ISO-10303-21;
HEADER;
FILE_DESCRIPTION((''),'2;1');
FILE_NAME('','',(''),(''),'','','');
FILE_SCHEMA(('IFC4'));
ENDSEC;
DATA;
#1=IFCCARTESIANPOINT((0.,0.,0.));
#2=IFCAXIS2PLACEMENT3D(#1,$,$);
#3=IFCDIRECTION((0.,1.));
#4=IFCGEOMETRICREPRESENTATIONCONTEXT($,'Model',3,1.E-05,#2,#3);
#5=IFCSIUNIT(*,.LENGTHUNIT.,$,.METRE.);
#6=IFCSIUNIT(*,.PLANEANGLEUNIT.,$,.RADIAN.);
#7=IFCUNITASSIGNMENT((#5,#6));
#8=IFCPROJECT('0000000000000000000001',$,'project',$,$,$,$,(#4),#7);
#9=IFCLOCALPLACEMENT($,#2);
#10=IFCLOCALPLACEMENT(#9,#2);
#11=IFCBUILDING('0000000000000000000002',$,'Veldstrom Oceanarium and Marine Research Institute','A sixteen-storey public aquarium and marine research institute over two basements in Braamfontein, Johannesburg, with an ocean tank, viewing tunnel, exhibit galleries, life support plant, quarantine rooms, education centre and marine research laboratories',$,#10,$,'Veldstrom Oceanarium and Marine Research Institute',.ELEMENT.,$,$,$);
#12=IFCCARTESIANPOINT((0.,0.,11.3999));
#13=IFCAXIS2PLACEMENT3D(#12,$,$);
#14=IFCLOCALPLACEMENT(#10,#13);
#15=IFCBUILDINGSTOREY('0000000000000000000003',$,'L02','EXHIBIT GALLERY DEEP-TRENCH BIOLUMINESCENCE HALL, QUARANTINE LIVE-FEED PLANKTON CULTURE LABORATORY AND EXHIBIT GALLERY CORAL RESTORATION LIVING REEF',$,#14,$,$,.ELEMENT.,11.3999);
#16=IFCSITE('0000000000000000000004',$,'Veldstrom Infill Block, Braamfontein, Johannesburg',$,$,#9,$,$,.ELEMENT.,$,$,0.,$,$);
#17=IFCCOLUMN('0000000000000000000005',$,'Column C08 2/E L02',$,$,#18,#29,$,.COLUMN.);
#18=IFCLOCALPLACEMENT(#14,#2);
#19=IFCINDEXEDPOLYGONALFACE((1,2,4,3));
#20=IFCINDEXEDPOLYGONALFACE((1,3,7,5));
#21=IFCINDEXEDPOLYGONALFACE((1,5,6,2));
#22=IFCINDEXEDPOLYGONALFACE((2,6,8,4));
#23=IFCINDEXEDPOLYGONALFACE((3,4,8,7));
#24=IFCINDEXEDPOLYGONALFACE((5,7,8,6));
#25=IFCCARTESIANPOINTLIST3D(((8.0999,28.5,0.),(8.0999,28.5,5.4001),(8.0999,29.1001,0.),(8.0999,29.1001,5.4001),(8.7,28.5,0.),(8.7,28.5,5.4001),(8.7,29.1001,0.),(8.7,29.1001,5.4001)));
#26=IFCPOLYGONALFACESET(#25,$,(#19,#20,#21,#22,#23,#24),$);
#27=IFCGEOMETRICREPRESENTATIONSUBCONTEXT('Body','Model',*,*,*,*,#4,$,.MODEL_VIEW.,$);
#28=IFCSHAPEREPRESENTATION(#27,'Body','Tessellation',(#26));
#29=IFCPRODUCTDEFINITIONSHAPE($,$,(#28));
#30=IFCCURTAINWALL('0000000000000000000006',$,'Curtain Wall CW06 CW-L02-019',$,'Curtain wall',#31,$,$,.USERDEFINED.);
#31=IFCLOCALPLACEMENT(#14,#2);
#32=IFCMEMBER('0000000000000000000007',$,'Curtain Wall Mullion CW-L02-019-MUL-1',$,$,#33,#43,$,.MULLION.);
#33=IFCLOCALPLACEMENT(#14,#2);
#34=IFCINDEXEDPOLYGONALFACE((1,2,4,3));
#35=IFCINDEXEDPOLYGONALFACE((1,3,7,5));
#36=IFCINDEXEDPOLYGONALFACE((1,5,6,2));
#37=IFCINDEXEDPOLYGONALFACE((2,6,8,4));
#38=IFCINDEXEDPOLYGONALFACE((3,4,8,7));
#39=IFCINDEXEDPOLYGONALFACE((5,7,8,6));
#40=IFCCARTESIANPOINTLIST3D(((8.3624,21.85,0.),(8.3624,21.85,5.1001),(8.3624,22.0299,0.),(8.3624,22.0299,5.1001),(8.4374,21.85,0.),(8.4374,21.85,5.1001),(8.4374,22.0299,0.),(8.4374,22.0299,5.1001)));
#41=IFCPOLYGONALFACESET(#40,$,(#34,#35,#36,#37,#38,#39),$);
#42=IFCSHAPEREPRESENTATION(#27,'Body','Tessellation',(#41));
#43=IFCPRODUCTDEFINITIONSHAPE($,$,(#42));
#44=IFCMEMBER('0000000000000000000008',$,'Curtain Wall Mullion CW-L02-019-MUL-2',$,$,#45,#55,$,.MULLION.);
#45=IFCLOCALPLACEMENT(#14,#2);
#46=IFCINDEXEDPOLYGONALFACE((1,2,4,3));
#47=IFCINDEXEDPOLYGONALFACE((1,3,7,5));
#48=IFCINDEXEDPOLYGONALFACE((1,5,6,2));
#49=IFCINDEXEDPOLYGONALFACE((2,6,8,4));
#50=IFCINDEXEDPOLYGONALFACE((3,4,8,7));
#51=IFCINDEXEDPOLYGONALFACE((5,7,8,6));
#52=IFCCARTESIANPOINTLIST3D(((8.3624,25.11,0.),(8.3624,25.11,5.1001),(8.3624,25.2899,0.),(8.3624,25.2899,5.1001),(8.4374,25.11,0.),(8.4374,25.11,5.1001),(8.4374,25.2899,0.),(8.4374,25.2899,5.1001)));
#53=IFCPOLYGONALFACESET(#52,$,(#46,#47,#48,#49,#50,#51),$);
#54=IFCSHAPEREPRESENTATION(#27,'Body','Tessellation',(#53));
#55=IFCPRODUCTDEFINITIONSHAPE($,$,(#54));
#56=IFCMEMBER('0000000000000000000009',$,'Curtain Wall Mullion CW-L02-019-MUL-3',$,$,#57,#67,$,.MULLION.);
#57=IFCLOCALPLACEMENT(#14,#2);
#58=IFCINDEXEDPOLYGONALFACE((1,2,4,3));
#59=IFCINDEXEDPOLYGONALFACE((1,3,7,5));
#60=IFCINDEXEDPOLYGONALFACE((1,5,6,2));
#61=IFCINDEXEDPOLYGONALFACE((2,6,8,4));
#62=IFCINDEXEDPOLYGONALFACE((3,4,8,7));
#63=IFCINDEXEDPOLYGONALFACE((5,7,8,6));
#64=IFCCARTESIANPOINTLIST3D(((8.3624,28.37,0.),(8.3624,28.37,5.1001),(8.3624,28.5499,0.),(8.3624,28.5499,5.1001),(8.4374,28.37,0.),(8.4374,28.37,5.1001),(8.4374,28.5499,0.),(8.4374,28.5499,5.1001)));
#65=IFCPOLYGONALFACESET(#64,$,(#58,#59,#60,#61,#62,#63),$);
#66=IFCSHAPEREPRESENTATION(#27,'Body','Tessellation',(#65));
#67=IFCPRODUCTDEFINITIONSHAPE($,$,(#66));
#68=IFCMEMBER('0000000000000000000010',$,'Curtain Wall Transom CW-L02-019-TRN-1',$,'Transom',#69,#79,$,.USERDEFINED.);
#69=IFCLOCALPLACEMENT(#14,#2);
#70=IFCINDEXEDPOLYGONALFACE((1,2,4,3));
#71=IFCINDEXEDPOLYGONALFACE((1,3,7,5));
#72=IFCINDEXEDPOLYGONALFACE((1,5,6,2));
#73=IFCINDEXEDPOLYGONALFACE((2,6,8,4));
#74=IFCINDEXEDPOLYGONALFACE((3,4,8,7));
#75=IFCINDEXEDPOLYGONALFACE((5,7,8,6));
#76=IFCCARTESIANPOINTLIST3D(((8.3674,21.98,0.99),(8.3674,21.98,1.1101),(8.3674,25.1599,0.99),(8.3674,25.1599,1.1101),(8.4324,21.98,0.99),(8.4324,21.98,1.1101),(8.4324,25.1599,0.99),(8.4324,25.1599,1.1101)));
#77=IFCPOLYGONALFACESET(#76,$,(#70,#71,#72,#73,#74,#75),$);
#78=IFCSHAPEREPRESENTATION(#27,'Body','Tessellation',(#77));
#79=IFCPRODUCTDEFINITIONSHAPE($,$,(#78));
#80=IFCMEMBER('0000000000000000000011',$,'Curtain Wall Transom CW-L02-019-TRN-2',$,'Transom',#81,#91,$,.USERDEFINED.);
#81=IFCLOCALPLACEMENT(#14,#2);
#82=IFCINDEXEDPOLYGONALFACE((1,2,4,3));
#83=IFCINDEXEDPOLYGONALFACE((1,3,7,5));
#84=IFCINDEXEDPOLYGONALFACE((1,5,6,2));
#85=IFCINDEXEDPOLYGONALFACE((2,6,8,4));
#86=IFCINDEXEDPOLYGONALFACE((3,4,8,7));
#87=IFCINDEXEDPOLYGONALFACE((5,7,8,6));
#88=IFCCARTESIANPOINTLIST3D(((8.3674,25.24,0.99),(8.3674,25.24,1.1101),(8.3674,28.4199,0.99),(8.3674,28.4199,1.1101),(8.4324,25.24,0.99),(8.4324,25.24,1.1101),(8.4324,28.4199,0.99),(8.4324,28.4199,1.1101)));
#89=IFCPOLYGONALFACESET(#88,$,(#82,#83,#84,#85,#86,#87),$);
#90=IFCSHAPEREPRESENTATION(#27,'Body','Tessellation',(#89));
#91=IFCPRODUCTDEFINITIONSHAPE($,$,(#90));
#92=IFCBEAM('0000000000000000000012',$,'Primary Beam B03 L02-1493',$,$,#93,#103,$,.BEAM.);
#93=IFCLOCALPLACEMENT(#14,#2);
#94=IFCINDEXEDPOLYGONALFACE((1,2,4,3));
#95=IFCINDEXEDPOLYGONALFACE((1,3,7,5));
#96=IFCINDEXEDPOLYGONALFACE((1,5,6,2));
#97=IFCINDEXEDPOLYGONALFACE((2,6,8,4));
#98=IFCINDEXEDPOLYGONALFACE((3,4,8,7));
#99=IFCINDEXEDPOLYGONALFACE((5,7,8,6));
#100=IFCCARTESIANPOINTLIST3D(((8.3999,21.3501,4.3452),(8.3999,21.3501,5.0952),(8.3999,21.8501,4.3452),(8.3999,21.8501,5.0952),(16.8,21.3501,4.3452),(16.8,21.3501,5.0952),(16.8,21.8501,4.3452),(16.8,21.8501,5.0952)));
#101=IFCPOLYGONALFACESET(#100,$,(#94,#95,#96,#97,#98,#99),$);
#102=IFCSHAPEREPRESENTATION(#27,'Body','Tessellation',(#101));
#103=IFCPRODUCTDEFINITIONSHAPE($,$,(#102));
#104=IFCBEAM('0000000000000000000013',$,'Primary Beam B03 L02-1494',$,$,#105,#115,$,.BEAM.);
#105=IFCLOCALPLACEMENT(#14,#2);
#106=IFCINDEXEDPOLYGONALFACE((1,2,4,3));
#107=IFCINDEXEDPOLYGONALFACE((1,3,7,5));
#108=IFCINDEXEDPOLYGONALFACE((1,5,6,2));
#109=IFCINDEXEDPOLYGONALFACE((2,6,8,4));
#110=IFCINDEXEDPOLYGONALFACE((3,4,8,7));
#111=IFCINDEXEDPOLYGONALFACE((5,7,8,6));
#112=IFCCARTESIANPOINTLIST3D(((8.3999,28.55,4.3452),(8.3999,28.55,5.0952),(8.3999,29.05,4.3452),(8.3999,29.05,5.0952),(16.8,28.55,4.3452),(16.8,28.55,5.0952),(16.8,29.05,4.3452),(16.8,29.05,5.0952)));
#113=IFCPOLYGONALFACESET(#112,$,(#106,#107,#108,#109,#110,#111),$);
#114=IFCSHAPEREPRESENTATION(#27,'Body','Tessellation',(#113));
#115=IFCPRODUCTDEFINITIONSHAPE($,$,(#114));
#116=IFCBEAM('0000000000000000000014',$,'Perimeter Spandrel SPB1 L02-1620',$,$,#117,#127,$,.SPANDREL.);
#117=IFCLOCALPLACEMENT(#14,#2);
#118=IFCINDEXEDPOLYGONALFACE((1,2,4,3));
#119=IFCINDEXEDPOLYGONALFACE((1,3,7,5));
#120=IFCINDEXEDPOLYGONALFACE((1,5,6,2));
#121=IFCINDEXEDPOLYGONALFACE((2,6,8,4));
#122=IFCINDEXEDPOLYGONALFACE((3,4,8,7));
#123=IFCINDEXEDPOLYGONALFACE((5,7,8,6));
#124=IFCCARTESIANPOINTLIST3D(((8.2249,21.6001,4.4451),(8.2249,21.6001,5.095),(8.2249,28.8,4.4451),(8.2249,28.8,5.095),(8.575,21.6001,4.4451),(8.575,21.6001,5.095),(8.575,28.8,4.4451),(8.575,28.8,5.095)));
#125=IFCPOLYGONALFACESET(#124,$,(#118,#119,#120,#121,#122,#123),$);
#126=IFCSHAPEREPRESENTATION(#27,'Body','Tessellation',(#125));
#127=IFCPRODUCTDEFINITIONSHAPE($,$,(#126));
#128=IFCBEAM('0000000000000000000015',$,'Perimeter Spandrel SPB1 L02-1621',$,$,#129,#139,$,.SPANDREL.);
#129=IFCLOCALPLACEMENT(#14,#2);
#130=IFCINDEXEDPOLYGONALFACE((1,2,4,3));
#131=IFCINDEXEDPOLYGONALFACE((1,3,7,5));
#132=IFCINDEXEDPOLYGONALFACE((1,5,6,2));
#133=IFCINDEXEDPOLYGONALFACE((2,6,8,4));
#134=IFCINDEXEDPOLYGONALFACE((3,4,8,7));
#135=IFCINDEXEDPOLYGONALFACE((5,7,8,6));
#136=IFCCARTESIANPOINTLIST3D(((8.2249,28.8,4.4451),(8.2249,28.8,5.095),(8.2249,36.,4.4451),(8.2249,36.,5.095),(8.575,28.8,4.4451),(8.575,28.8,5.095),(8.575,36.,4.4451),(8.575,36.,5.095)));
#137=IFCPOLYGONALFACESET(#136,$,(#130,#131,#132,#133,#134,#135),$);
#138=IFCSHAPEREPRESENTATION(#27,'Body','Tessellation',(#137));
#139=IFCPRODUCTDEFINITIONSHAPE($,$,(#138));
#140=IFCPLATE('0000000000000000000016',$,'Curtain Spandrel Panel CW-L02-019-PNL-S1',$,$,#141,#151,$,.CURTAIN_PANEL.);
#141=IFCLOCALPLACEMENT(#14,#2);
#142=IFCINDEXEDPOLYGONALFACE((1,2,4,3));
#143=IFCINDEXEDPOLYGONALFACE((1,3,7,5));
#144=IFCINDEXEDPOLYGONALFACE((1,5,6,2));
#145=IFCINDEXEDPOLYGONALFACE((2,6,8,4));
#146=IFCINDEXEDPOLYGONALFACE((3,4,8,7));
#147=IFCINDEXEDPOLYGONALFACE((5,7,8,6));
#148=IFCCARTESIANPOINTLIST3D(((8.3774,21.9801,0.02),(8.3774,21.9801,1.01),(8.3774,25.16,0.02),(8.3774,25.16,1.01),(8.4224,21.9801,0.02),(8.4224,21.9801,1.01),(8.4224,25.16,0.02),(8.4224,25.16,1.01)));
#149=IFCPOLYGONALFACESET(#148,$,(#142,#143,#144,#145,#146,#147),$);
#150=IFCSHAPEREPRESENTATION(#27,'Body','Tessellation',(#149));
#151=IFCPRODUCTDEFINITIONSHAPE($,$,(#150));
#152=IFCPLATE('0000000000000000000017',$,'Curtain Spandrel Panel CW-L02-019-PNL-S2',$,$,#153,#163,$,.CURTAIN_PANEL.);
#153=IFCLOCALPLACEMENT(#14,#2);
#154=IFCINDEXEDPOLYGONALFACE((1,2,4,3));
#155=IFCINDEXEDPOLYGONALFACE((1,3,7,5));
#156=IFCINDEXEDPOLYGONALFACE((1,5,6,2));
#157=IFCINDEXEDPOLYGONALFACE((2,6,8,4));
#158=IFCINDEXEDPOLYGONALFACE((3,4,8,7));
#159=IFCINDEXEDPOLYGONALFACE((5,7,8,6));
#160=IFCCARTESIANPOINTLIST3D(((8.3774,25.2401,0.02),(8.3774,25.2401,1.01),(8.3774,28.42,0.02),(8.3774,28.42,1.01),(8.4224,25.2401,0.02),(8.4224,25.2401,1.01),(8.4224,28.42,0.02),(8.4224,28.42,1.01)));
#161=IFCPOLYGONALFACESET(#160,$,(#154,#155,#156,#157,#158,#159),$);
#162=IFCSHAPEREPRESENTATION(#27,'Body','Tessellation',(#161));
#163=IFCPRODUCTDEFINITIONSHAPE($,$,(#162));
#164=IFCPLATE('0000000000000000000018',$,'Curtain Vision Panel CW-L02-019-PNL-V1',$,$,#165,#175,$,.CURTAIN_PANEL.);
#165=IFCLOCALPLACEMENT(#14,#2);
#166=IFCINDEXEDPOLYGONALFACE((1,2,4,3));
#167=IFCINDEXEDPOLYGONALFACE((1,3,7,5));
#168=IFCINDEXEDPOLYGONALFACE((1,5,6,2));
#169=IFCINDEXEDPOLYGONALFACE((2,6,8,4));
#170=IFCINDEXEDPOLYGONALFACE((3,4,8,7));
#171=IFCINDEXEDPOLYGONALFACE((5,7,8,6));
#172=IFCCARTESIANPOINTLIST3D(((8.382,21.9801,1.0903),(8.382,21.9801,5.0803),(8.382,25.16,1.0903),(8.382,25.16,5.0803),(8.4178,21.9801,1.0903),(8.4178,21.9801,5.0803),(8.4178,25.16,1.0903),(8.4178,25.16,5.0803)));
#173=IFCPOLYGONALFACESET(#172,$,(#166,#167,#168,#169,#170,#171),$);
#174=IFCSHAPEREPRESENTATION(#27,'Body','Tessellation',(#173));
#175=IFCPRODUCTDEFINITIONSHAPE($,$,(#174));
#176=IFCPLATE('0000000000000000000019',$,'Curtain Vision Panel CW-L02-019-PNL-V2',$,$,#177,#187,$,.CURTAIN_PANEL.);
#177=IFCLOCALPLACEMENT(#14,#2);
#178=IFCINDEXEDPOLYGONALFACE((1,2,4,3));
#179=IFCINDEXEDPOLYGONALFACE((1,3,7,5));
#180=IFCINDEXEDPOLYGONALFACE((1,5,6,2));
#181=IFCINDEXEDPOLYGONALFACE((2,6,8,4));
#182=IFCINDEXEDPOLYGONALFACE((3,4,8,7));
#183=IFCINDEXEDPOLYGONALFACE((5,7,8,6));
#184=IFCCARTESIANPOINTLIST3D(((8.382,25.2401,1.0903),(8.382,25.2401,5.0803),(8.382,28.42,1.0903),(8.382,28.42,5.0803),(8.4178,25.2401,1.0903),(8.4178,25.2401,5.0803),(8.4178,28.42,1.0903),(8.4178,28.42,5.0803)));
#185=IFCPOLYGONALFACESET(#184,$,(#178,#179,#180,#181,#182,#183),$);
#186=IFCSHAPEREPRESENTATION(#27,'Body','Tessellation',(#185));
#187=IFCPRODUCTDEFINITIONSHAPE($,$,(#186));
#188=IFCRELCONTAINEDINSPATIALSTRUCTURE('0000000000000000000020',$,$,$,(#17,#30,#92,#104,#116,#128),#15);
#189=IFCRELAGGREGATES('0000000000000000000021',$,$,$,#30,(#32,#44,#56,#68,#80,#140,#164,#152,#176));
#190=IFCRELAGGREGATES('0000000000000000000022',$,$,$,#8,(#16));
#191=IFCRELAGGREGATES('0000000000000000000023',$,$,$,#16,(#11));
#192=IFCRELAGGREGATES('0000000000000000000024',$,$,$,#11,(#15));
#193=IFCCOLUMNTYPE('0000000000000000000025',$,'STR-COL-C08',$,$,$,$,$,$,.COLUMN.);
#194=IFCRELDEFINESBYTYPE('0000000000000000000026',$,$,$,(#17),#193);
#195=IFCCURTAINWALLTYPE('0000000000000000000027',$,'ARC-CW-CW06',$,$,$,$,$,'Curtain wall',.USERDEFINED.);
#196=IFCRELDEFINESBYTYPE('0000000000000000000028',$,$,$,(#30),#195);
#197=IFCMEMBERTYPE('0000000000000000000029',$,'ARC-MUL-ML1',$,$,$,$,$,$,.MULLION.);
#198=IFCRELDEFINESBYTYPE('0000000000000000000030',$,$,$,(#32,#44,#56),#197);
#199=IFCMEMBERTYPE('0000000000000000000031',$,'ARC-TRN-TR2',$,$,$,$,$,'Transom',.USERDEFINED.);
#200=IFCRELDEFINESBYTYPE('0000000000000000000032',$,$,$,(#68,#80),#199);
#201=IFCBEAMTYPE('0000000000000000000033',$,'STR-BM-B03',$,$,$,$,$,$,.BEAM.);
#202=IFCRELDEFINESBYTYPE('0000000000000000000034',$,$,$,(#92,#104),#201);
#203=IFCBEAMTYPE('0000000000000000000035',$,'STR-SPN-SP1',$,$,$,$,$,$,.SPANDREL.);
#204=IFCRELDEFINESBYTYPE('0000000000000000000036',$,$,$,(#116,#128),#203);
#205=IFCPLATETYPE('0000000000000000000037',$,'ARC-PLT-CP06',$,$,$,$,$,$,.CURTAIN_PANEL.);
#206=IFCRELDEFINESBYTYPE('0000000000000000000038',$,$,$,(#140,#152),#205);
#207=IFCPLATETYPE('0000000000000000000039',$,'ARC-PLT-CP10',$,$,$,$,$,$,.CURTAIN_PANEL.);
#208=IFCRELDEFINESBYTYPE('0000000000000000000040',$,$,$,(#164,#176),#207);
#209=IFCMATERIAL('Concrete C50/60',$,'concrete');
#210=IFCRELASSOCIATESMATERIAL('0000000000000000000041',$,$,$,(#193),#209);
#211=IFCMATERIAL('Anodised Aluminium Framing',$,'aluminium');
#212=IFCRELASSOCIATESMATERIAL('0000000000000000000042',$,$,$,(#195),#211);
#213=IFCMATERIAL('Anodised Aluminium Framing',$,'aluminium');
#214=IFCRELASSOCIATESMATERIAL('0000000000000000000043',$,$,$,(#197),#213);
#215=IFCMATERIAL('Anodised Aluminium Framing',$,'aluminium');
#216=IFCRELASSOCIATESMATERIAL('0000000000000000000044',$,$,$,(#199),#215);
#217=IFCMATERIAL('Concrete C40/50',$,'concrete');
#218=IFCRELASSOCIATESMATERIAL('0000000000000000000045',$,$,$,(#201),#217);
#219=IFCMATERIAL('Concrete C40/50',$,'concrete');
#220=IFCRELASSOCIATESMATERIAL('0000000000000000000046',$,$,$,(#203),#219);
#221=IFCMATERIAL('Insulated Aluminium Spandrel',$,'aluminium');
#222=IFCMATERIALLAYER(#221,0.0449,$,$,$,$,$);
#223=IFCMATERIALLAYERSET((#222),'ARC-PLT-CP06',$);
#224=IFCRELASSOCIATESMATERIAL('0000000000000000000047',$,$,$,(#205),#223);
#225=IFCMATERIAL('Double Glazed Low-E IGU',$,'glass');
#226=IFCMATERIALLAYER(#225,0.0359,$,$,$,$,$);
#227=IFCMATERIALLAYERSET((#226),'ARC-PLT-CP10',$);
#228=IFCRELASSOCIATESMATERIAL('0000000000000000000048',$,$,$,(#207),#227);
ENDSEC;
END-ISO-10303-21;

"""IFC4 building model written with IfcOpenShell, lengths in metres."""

from ifc_helpers import new_model, si_unit, direction, frame, origin, origin_2d, place, context, subcontext, project, spatial, rectangle, extrude, material, layer, layer_set, material_profile, profile_set, type_object, element, aggregate, save


model = new_model("IFC4")

# Units and contexts
model_context = context("Model", 3, precision=1e-05, world=origin(), true_north=direction((0.0, 1.0)))
body_context = subcontext(model_context, "Body", "Model", "MODEL_VIEW")
ifc_project = project(units=[si_unit("LENGTHUNIT", "METRE"), si_unit("PLANEANGLEUNIT", "RADIAN")], contexts=[model_context])

# Site, building, storey
site_placement = place(None, origin())
site = spatial("IfcSite", under=ifc_project, at=site_placement, Name="Veldstrom Infill Block, Braamfontein, Johannesburg", CompositionType="ELEMENT", RefElevation=0.0)
building_placement = place(site_placement, origin())
building = spatial("IfcBuilding", under=site, at=building_placement, Name="Veldstrom Oceanarium and Marine Research Institute", Description="A sixteen-storey public aquarium and marine research institute over two basements in Braamfontein, Johannesburg, with an ocean tank, viewing tunnel, exhibit galleries, life support plant, quarantine rooms, education centre and marine research laboratories", LongName="Veldstrom Oceanarium and Marine Research Institute", CompositionType="ELEMENT")
storey_placement = place(building_placement, frame((0.0, 0.0, 11.3999)))
storey = spatial("IfcBuildingStorey", under=building, at=storey_placement, Name="L02", Description="EXHIBIT GALLERY DEEP-TRENCH BIOLUMINESCENCE HALL, QUARANTINE LIVE-FEED PLANKTON CULTURE LABORATORY AND EXHIBIT GALLERY CORAL RESTORATION LIVING REEF", CompositionType="ELEMENT", Elevation=11.3999)

# Column
ifc_material_1 = material(Name="Concrete C50/60", Category="concrete")
ifc_material_profile_1 = material_profile(ifc_material_1, rectangle(XDim=0.6001, YDim=0.6001, at=origin_2d()), Name="RC-COL-600x600")
ifc_profile_set_1 = profile_set([ifc_material_profile_1], Name="Concrete C50/60")
column_type = type_object("IfcColumnType", Name="STR-COL-C08", PredefinedType="COLUMN", material=ifc_profile_set_1)
column_placement = place(storey_placement, frame((8.3999, 28.8, 0.0), z_axis=(0.0, 0.0, 1.0), x_axis=(1.0, 0.0, 0.0)))
element("IfcColumn", 1, at=column_placement, inside=storey, type_object=column_type, Name="Column C08 2/E L02", PredefinedType="COLUMN", context=body_context, shape_type="SweptSolid", body=[
    extrude(rectangle(XDim=0.6001, YDim=0.6001, at=origin_2d()), origin(), (0.0, 0.0, 1.0), 5.4001),
])

# Curtain wall, members
ifc_material_2 = material(Name="Anodised Aluminium Framing", Category="aluminium")
curtain_wall_type = type_object("IfcCurtainWallType", Name="ARC-CW-CW06", ElementType="Curtain wall", PredefinedType="USERDEFINED", material=ifc_material_2)
curtain_wall_placement = place(storey_placement, origin())
curtain_wall = element("IfcCurtainWall", 2, at=curtain_wall_placement, inside=storey, type_object=curtain_wall_type, Name="Curtain Wall CW06 CW-L02-019", ObjectType="Curtain wall", PredefinedType="USERDEFINED")
ifc_material_3 = material(Name="Anodised Aluminium Framing", Category="aluminium")
ifc_material_profile_2 = material_profile(ifc_material_3, rectangle(XDim=0.075, YDim=0.1799, at=origin_2d()), Name="ALU-MUL-75x180")
ifc_profile_set_2 = profile_set([ifc_material_profile_2], Name="Anodised Aluminium Framing")
member_type_1 = type_object("IfcMemberType", Name="ARC-MUL-ML1", PredefinedType="MULLION", material=ifc_profile_set_2)
member_1_placement = place(storey_placement, frame((8.3999, 21.9399, 0.0), z_axis=(0.0, 0.0, 1.0), x_axis=(1.0, 0.0, 0.0)))
member_1 = element("IfcMember", 3, at=member_1_placement, type_object=member_type_1, Name="Curtain Wall Mullion CW-L02-019-MUL-1", PredefinedType="MULLION", context=body_context, shape_type="SweptSolid", body=[
    extrude(rectangle(XDim=0.075, YDim=0.1799, at=origin_2d()), origin(), (0.0, 0.0, 1.0), 5.1001),
])
member_2_placement = place(storey_placement, frame((8.3999, 25.2, 0.0), z_axis=(0.0, 0.0, 1.0), x_axis=(1.0, 0.0, 0.0)))
member_2 = element("IfcMember", 4, at=member_2_placement, type_object=member_type_1, Name="Curtain Wall Mullion CW-L02-019-MUL-2", PredefinedType="MULLION", context=body_context, shape_type="SweptSolid", body=[
    extrude(rectangle(XDim=0.075, YDim=0.1799, at=origin_2d()), origin(), (0.0, 0.0, 1.0), 5.1001),
])
member_3_placement = place(storey_placement, frame((8.3999, 28.46, 0.0), z_axis=(0.0, 0.0, 1.0), x_axis=(1.0, 0.0, 0.0)))
member_3 = element("IfcMember", 5, at=member_3_placement, type_object=member_type_1, Name="Curtain Wall Mullion CW-L02-019-MUL-3", PredefinedType="MULLION", context=body_context, shape_type="SweptSolid", body=[
    extrude(rectangle(XDim=0.075, YDim=0.1799, at=origin_2d()), origin(), (0.0, 0.0, 1.0), 5.1001),
])
ifc_material_4 = material(Name="Anodised Aluminium Framing", Category="aluminium")
ifc_material_profile_3 = material_profile(ifc_material_4, rectangle(XDim=0.0649, YDim=0.1201, at=origin_2d()), Name="ALU-TRN-65x120")
ifc_profile_set_3 = profile_set([ifc_material_profile_3], Name="Anodised Aluminium Framing")
member_type_2 = type_object("IfcMemberType", Name="ARC-TRN-TR2", ElementType="Transom", PredefinedType="USERDEFINED", material=ifc_profile_set_3)
member_4_placement = place(storey_placement, frame((8.3999, 21.98, 1.05), z_axis=(0.0, 1.0, 0.0), x_axis=(-1.0, 0.0, 0.0)))
member_4 = element("IfcMember", 6, at=member_4_placement, type_object=member_type_2, Name="Curtain Wall Transom CW-L02-019-TRN-1", ObjectType="Transom", PredefinedType="USERDEFINED", context=body_context, shape_type="SweptSolid", body=[
    extrude(rectangle(XDim=0.0649, YDim=0.1201, at=origin_2d()), origin(), (0.0, 0.0, 1.0), 3.1799),
])
member_5_placement = place(storey_placement, frame((8.3999, 25.24, 1.05), z_axis=(0.0, 1.0, 0.0), x_axis=(-1.0, 0.0, 0.0)))
member_5 = element("IfcMember", 7, at=member_5_placement, type_object=member_type_2, Name="Curtain Wall Transom CW-L02-019-TRN-2", ObjectType="Transom", PredefinedType="USERDEFINED", context=body_context, shape_type="SweptSolid", body=[
    extrude(rectangle(XDim=0.0649, YDim=0.1201, at=origin_2d()), origin(), (0.0, 0.0, 1.0), 3.1799),
])

# Beams
ifc_material_5 = material(Name="Concrete C40/50", Category="concrete")
ifc_material_profile_4 = material_profile(ifc_material_5, rectangle(XDim=0.5, YDim=0.75, at=origin_2d()), Name="RC-BM-500x750")
ifc_profile_set_4 = profile_set([ifc_material_profile_4], Name="Concrete C40/50")
beam_type_1 = type_object("IfcBeamType", Name="STR-BM-B03", PredefinedType="BEAM", material=ifc_profile_set_4)
for number, where, z_axis, x_axis, name in (
    (8, (8.3999, 21.6001, 4.7202), (1.0, 0.0, 0.0), (0.0, 1.0, 0.0), "Primary Beam B03 L02-1493"),
    (9, (8.3999, 28.8, 4.7202), (1.0, 0.0, 0.0), (0.0, 1.0, 0.0), "Primary Beam B03 L02-1494"),
):
    element("IfcBeam", number, at=place(storey_placement, frame(where, z_axis=z_axis, x_axis=x_axis)), inside=storey, type_object=beam_type_1, Name=name, PredefinedType="BEAM", context=body_context, shape_type="SweptSolid", body=[
        extrude(rectangle(XDim=0.5, YDim=0.75, at=origin_2d()), origin(), (0.0, 0.0, 1.0), 8.4001),
    ])
ifc_material_6 = material(Name="Concrete C40/50", Category="concrete")
ifc_material_profile_5 = material_profile(ifc_material_6, rectangle(XDim=0.3501, YDim=0.6499, at=origin_2d()), Name="RC-SPN-350x650")
ifc_profile_set_5 = profile_set([ifc_material_profile_5], Name="Concrete C40/50")
beam_type_2 = type_object("IfcBeamType", Name="STR-SPN-SP1", PredefinedType="SPANDREL", material=ifc_profile_set_5)
for number, where, z_axis, x_axis, name in (
    (10, (8.3999, 21.6001, 4.77), (0.0, 1.0, 0.0), (-1.0, 0.0, 0.0), "Perimeter Spandrel SPB1 L02-1620"),
    (11, (8.3999, 28.8, 4.77), (0.0, 1.0, 0.0), (-1.0, 0.0, 0.0), "Perimeter Spandrel SPB1 L02-1621"),
):
    element("IfcBeam", number, at=place(storey_placement, frame(where, z_axis=z_axis, x_axis=x_axis)), inside=storey, type_object=beam_type_2, Name=name, PredefinedType="SPANDREL", context=body_context, shape_type="SweptSolid", body=[
        extrude(rectangle(XDim=0.3501, YDim=0.6499, at=origin_2d()), origin(), (0.0, 0.0, 1.0), 7.2),
    ])

# Plates
ifc_material_7 = material(Name="Insulated Aluminium Spandrel", Category="aluminium")
ifc_layer_1 = layer(ifc_material_7, 0.0449)
ifc_layer_set_1 = layer_set([ifc_layer_1], Name="ARC-PLT-CP06")
plate_type_1 = type_object("IfcPlateType", Name="ARC-PLT-CP06", PredefinedType="CURTAIN_PANEL", material=ifc_layer_set_1)
plate_1_placement = place(storey_placement, frame((8.3999, 23.5701, 0.02), z_axis=(0.0, 0.0, 1.0), x_axis=(0.0, 1.0, 0.0)))
plate_1 = element("IfcPlate", 12, at=plate_1_placement, type_object=plate_type_1, Name="Curtain Spandrel Panel CW-L02-019-PNL-S1", PredefinedType="CURTAIN_PANEL", context=body_context, shape_type="SweptSolid", body=[
    extrude(rectangle(XDim=3.1799, YDim=0.0449, at=origin_2d()), origin(), (0.0, 0.0, 1.0), 0.99),
])
plate_2_placement = place(storey_placement, frame((8.3999, 26.8301, 0.02), z_axis=(0.0, 0.0, 1.0), x_axis=(0.0, 1.0, 0.0)))
plate_2 = element("IfcPlate", 13, at=plate_2_placement, type_object=plate_type_1, Name="Curtain Spandrel Panel CW-L02-019-PNL-S2", PredefinedType="CURTAIN_PANEL", context=body_context, shape_type="SweptSolid", body=[
    extrude(rectangle(XDim=3.1799, YDim=0.0449, at=origin_2d()), origin(), (0.0, 0.0, 1.0), 0.99),
])
ifc_material_8 = material(Name="Double Glazed Low-E IGU", Category="glass")
ifc_layer_2 = layer(ifc_material_8, 0.0359)
ifc_layer_set_2 = layer_set([ifc_layer_2], Name="ARC-PLT-CP10")
plate_type_2 = type_object("IfcPlateType", Name="ARC-PLT-CP10", PredefinedType="CURTAIN_PANEL", material=ifc_layer_set_2)
plate_3_placement = place(storey_placement, frame((8.3999, 23.5701, 1.0903), z_axis=(0.0, 0.0, 1.0), x_axis=(0.0, 1.0, 0.0)))
plate_3 = element("IfcPlate", 14, at=plate_3_placement, type_object=plate_type_2, Name="Curtain Vision Panel CW-L02-019-PNL-V1", PredefinedType="CURTAIN_PANEL", context=body_context, shape_type="SweptSolid", body=[
    extrude(rectangle(XDim=3.1799, YDim=0.0359, at=origin_2d()), origin(), (0.0, 0.0, 1.0), 3.99),
])
plate_4_placement = place(storey_placement, frame((8.3999, 26.8301, 1.0903), z_axis=(0.0, 0.0, 1.0), x_axis=(0.0, 1.0, 0.0)))
plate_4 = element("IfcPlate", 15, at=plate_4_placement, type_object=plate_type_2, Name="Curtain Vision Panel CW-L02-019-PNL-V2", PredefinedType="CURTAIN_PANEL", context=body_context, shape_type="SweptSolid", body=[
    extrude(rectangle(XDim=3.1799, YDim=0.0359, at=origin_2d()), origin(), (0.0, 0.0, 1.0), 3.99),
])
aggregate(curtain_wall, [member_1, member_2, member_3, member_4, member_5, plate_1, plate_3, plate_2, plate_4])

save(model, "model.ifc")
